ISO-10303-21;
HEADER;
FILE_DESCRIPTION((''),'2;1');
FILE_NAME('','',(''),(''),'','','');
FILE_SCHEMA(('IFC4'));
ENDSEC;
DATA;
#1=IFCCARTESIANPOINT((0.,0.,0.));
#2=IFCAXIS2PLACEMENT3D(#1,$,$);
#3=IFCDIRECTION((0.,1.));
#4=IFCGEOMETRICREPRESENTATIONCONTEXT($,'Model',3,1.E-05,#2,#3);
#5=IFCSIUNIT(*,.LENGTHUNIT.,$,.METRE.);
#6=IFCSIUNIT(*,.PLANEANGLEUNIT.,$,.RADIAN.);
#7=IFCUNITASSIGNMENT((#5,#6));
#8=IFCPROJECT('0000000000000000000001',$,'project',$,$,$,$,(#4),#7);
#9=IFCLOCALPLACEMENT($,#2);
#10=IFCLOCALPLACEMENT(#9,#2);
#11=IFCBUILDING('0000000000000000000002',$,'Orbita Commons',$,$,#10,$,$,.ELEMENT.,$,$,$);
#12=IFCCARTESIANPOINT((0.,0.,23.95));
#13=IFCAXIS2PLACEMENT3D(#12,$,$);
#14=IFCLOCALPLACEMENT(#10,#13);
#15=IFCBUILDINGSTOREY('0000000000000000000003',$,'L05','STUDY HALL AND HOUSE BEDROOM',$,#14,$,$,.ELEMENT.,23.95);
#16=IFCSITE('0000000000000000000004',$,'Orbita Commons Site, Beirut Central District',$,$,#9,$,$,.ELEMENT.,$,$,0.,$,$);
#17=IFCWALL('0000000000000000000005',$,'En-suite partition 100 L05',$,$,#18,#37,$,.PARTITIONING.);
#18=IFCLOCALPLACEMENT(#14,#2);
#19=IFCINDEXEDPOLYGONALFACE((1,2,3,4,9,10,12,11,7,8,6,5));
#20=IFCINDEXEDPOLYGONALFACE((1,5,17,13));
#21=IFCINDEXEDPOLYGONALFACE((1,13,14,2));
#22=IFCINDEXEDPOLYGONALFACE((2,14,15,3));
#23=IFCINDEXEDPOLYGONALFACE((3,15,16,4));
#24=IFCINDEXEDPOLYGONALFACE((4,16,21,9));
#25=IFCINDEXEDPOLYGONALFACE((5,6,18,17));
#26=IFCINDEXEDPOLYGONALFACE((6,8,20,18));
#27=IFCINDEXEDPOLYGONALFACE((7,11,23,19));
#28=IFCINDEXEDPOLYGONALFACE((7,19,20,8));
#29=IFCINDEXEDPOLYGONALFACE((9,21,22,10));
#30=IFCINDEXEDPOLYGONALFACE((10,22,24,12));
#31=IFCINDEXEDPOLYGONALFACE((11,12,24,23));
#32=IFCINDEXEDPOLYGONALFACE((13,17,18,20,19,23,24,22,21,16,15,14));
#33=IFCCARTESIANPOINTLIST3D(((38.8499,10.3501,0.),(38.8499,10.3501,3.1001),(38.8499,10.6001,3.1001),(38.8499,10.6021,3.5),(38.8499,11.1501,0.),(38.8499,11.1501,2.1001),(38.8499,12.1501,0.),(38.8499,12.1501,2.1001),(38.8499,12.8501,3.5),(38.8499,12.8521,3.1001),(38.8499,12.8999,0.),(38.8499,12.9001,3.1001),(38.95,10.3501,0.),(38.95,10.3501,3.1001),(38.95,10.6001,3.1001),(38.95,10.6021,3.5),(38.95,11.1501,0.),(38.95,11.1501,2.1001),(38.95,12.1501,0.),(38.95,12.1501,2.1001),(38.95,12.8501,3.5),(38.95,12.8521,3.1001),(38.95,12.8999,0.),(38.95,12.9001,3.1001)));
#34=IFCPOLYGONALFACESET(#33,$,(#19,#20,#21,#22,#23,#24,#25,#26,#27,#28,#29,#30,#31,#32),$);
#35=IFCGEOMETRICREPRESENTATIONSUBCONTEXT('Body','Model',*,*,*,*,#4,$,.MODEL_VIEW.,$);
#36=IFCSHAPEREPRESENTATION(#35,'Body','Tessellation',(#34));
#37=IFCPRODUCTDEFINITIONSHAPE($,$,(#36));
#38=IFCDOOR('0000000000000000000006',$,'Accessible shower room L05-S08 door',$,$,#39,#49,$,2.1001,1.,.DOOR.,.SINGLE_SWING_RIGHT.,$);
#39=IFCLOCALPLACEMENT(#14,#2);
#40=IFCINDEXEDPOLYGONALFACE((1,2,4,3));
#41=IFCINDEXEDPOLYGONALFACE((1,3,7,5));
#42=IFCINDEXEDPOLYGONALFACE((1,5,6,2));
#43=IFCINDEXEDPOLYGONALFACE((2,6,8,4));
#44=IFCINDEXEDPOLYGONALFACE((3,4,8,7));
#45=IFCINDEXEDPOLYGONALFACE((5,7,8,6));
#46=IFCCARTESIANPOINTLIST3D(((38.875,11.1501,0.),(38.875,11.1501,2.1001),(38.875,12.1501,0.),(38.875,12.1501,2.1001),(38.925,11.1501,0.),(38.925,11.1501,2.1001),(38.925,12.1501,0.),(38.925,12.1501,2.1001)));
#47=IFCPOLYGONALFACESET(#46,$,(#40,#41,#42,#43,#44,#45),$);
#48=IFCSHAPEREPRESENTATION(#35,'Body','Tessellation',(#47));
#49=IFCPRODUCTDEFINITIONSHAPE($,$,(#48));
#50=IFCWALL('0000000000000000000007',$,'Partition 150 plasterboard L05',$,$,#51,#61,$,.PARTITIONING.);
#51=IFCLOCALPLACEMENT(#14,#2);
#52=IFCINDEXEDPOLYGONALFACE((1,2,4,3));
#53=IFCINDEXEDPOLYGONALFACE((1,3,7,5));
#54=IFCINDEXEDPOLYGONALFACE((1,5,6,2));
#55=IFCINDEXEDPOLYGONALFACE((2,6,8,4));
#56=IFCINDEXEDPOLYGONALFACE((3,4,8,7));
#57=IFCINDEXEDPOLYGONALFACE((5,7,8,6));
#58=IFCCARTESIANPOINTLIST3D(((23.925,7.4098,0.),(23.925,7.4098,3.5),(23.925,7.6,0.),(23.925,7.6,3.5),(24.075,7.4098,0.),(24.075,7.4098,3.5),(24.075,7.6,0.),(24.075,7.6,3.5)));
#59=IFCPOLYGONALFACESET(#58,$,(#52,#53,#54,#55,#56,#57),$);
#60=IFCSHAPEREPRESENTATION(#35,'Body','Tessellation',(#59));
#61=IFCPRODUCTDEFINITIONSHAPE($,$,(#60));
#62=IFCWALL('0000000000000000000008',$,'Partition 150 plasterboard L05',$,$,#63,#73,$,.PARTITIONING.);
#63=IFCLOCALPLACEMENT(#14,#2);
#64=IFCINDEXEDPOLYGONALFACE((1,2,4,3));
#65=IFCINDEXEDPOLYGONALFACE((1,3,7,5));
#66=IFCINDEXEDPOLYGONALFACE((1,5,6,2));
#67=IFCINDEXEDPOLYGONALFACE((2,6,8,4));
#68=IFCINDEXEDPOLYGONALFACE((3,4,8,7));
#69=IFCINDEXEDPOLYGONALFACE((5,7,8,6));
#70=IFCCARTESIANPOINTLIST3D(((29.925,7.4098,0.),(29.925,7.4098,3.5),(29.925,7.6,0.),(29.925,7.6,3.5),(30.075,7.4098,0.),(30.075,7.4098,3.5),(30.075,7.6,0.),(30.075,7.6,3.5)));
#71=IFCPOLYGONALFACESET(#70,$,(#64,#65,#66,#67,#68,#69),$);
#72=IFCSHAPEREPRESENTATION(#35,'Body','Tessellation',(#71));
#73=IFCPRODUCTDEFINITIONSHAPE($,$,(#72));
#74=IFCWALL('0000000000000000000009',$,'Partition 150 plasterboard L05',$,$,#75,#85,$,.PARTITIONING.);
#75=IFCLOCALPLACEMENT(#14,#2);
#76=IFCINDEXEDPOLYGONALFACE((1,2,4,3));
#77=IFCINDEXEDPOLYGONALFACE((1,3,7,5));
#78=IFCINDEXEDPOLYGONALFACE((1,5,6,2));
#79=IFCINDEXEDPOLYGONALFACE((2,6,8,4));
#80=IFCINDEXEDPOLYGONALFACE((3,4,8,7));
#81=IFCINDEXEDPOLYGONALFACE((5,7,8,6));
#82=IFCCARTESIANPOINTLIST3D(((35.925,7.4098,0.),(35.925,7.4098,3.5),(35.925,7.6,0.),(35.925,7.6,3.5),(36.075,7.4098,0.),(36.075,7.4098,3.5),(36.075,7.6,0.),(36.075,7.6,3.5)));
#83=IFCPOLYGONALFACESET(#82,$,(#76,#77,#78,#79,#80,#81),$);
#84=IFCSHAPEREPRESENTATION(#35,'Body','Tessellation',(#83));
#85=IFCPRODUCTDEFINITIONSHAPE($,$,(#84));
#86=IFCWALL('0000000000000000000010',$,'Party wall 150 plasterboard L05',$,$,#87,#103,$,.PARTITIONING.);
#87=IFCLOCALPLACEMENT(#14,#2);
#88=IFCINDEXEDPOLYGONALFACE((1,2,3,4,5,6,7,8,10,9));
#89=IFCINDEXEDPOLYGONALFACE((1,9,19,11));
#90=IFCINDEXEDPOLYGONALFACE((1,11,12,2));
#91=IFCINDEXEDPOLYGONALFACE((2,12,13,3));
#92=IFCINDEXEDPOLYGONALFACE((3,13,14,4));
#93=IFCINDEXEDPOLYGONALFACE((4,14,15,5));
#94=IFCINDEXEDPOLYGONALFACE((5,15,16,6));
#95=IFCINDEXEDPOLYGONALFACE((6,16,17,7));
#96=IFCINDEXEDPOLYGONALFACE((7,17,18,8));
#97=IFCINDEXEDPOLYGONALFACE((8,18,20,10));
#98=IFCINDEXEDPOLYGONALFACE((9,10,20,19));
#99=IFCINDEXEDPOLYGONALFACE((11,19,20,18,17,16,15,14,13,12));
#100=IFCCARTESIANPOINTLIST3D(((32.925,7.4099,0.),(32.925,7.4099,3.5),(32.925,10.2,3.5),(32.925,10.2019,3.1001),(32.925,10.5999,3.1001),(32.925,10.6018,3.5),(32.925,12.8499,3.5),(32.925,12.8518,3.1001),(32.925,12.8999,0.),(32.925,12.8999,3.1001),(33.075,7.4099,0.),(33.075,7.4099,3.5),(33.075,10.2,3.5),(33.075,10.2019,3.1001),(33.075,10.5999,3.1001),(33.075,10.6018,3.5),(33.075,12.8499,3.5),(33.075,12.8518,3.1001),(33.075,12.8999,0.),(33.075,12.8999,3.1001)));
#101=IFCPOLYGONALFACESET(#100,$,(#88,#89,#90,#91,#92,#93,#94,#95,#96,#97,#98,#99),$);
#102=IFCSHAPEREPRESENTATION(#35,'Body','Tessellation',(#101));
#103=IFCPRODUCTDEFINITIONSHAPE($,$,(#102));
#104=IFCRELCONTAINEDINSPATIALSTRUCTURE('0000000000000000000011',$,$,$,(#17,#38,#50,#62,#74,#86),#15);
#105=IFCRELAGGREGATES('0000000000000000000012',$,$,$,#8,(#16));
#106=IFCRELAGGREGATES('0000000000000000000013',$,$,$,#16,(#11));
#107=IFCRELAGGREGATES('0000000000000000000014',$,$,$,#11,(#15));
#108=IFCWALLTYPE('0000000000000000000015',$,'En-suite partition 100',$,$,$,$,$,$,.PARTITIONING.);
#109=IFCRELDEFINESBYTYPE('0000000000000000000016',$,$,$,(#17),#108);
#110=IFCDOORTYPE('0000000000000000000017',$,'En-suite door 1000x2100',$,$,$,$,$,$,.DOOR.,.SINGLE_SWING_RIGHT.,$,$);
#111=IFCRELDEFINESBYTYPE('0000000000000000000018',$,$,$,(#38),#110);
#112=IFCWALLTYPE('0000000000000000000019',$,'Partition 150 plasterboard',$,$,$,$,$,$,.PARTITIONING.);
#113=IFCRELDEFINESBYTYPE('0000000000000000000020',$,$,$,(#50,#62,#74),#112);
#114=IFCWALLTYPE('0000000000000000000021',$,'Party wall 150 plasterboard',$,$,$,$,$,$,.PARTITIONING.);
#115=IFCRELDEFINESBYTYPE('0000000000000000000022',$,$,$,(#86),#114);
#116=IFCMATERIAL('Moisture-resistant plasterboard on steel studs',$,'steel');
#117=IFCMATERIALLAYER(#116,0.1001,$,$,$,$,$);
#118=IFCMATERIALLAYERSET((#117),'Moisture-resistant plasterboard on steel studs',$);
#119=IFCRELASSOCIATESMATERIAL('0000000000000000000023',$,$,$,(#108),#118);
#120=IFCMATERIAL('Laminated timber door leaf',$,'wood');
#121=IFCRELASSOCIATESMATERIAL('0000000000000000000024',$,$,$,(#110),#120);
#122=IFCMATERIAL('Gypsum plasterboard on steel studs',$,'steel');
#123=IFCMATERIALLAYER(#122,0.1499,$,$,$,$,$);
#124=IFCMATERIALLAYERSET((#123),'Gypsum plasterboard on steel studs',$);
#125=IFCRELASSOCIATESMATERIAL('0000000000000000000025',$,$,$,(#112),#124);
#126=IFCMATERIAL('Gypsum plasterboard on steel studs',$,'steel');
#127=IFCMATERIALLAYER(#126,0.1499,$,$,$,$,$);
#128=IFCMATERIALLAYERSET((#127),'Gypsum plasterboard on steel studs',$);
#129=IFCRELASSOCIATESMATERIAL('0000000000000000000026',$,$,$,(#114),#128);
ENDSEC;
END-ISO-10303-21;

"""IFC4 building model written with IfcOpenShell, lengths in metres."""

from ifc_helpers import new_model, si_unit, direction, frame, frame_2d, origin, place, context, subcontext, project, spatial, polyline, rectangle, outline, extrude, material, layer, layer_set, type_object, element, fill, save


model = new_model("IFC4")

# Units and contexts
model_context = context("Model", 3, precision=1e-05, world=origin(), true_north=direction((0.0, 1.0)))
body_context = subcontext(model_context, "Body", "Model", "MODEL_VIEW")
ifc_project = project(units=[si_unit("LENGTHUNIT", "METRE"), si_unit("PLANEANGLEUNIT", "RADIAN")], contexts=[model_context])

# Site, building, storey
site_placement = place(None, origin())
site = spatial("IfcSite", under=ifc_project, at=site_placement, Name="Orbita Commons Site, Beirut Central District", CompositionType="ELEMENT", RefElevation=0.0)
building_placement = place(site_placement, origin())
building = spatial("IfcBuilding", under=site, at=building_placement, Name="Orbita Commons", CompositionType="ELEMENT")
storey_placement = place(building_placement, frame((0.0, 0.0, 23.95)))
storey = spatial("IfcBuildingStorey", under=building, at=storey_placement, Name="L05", Description="STUDY HALL AND HOUSE BEDROOM", CompositionType="ELEMENT", Elevation=23.95)

# Shared definitions
ifc_material_1 = material(Name="Moisture-resistant plasterboard on steel studs", Category="steel")
ifc_layer_1 = layer(ifc_material_1, 0.1001)
ifc_layer_set_1 = layer_set([ifc_layer_1], Name="Moisture-resistant plasterboard on steel studs")
wall_type_1 = type_object("IfcWallType", Name="En-suite partition 100", PredefinedType="PARTITIONING", material=ifc_layer_set_1)

# Wall, opening, door
wall_1_placement = place(storey_placement, frame((38.8999, 10.3501, 0.0), z_axis=(0.0, 0.0, 1.0), x_axis=(0.0, 1.0, 0.0)))
wall_1 = element("IfcWall", 1, at=wall_1_placement, inside=storey, type_object=wall_type_1, Name="En-suite partition 100 L05", PredefinedType="PARTITIONING", context=body_context, shape_type="SweptSolid", body=[
    extrude(outline(polyline([(0.0, 0.0), (2.5498, 0.0), (2.55, 3.1001), (2.502, 3.1001), (2.5, 3.5), (0.252, 3.5), (0.25, 3.1001), (0.0, 3.1001), (0.0, 0.0)])), frame((0.0, 0.05, 0.0), z_axis=(0.0, -1.0, 0.0), x_axis=(1.0, 0.0, 0.0)), (0.0, 0.0, 1.0), 0.1001),
])
opening_placement = place(wall_1_placement, frame((0.8, 0.0, 0.0)))
opening = element("IfcOpeningElement", 2, at=opening_placement, cuts=wall_1, PredefinedType="OPENING", context=body_context, shape_type="SweptSolid", body=[
    extrude(rectangle(XDim=1.0, YDim=2.1001, at=frame_2d((0.5, 1.05))), frame((0.0, 0.0601, 0.0), z_axis=(0.0, -1.0, 0.0), x_axis=(1.0, 0.0, 0.0)), (0.0, 0.0, 1.0), 0.1201),
])
ifc_material_2 = material(Name="Laminated timber door leaf", Category="wood")
door_type = type_object("IfcDoorType", Name="En-suite door 1000x2100", OperationType="SINGLE_SWING_RIGHT", PredefinedType="DOOR", material=ifc_material_2)
door_placement = place(opening_placement, origin())
door = element("IfcDoor", 3, at=door_placement, inside=storey, type_object=door_type, Name="Accessible shower room L05-S08 door", OperationType="SINGLE_SWING_RIGHT", OverallHeight=2.1001, OverallWidth=1.0, PredefinedType="DOOR", context=body_context, shape_type="SweptSolid", body=[
    extrude(rectangle(XDim=1.0, YDim=2.1001, at=frame_2d((0.5, 1.05))), frame((0.0, 0.0249, 0.0), z_axis=(0.0, -1.0, 0.0), x_axis=(1.0, 0.0, 0.0)), (0.0, 0.0, 1.0), 0.05),
])
fill(opening, door)

# Walls
ifc_material_3 = material(Name="Gypsum plasterboard on steel studs", Category="steel")
ifc_layer_2 = layer(ifc_material_3, 0.1499)
ifc_layer_set_2 = layer_set([ifc_layer_2], Name="Gypsum plasterboard on steel studs")
wall_type_2 = type_object("IfcWallType", Name="Partition 150 plasterboard", PredefinedType="PARTITIONING", material=ifc_layer_set_2)
for number, where, z_axis, x_axis, name in (
    (4, (24.0, 7.6001, 0.0), (0.0, 0.0, 1.0), (0.0, -1.0, 0.0), "Partition 150 plasterboard L05"),
    (5, (30.0, 7.6001, 0.0), (0.0, 0.0, 1.0), (0.0, -1.0, 0.0), "Partition 150 plasterboard L05"),
    (6, (36.0, 7.6001, 0.0), (0.0, 0.0, 1.0), (0.0, -1.0, 0.0), "Partition 150 plasterboard L05"),
):
    element("IfcWall", number, at=place(storey_placement, frame(where, z_axis=z_axis, x_axis=x_axis)), inside=storey, type_object=wall_type_2, Name=name, PredefinedType="PARTITIONING", context=body_context, shape_type="SweptSolid", body=[
        extrude(rectangle(XDim=0.1902, YDim=0.1499, at=frame_2d((0.0952, 0.0))), origin(), (0.0, 0.0, 1.0), 3.5),
    ])
ifc_material_4 = material(Name="Gypsum plasterboard on steel studs", Category="steel")
ifc_layer_3 = layer(ifc_material_4, 0.1499)
ifc_layer_set_3 = layer_set([ifc_layer_3], Name="Gypsum plasterboard on steel studs")
wall_type_3 = type_object("IfcWallType", Name="Party wall 150 plasterboard", PredefinedType="PARTITIONING", material=ifc_layer_set_3)
wall_2_placement = place(storey_placement, frame((33.0, 7.4099, 0.0), z_axis=(0.0, 0.0, 1.0), x_axis=(0.0, 1.0, 0.0)))
element("IfcWall", 7, at=wall_2_placement, inside=storey, type_object=wall_type_3, Name="Party wall 150 plasterboard L05", PredefinedType="PARTITIONING", context=body_context, shape_type="SweptSolid", body=[
    extrude(outline(polyline([(0.0, 0.0), (5.49, 0.0), (5.49, 3.1001), (5.4419, 3.1001), (5.4399, 3.5), (3.1919, 3.5), (3.1899, 3.1001), (2.792, 3.1001), (2.79, 3.5), (0.0, 3.5), (0.0, 0.0)])), frame((0.0, 0.075, 0.0), z_axis=(0.0, -1.0, 0.0), x_axis=(1.0, 0.0, 0.0)), (0.0, 0.0, 1.0), 0.1499),
])

save(model, "model.ifc")
